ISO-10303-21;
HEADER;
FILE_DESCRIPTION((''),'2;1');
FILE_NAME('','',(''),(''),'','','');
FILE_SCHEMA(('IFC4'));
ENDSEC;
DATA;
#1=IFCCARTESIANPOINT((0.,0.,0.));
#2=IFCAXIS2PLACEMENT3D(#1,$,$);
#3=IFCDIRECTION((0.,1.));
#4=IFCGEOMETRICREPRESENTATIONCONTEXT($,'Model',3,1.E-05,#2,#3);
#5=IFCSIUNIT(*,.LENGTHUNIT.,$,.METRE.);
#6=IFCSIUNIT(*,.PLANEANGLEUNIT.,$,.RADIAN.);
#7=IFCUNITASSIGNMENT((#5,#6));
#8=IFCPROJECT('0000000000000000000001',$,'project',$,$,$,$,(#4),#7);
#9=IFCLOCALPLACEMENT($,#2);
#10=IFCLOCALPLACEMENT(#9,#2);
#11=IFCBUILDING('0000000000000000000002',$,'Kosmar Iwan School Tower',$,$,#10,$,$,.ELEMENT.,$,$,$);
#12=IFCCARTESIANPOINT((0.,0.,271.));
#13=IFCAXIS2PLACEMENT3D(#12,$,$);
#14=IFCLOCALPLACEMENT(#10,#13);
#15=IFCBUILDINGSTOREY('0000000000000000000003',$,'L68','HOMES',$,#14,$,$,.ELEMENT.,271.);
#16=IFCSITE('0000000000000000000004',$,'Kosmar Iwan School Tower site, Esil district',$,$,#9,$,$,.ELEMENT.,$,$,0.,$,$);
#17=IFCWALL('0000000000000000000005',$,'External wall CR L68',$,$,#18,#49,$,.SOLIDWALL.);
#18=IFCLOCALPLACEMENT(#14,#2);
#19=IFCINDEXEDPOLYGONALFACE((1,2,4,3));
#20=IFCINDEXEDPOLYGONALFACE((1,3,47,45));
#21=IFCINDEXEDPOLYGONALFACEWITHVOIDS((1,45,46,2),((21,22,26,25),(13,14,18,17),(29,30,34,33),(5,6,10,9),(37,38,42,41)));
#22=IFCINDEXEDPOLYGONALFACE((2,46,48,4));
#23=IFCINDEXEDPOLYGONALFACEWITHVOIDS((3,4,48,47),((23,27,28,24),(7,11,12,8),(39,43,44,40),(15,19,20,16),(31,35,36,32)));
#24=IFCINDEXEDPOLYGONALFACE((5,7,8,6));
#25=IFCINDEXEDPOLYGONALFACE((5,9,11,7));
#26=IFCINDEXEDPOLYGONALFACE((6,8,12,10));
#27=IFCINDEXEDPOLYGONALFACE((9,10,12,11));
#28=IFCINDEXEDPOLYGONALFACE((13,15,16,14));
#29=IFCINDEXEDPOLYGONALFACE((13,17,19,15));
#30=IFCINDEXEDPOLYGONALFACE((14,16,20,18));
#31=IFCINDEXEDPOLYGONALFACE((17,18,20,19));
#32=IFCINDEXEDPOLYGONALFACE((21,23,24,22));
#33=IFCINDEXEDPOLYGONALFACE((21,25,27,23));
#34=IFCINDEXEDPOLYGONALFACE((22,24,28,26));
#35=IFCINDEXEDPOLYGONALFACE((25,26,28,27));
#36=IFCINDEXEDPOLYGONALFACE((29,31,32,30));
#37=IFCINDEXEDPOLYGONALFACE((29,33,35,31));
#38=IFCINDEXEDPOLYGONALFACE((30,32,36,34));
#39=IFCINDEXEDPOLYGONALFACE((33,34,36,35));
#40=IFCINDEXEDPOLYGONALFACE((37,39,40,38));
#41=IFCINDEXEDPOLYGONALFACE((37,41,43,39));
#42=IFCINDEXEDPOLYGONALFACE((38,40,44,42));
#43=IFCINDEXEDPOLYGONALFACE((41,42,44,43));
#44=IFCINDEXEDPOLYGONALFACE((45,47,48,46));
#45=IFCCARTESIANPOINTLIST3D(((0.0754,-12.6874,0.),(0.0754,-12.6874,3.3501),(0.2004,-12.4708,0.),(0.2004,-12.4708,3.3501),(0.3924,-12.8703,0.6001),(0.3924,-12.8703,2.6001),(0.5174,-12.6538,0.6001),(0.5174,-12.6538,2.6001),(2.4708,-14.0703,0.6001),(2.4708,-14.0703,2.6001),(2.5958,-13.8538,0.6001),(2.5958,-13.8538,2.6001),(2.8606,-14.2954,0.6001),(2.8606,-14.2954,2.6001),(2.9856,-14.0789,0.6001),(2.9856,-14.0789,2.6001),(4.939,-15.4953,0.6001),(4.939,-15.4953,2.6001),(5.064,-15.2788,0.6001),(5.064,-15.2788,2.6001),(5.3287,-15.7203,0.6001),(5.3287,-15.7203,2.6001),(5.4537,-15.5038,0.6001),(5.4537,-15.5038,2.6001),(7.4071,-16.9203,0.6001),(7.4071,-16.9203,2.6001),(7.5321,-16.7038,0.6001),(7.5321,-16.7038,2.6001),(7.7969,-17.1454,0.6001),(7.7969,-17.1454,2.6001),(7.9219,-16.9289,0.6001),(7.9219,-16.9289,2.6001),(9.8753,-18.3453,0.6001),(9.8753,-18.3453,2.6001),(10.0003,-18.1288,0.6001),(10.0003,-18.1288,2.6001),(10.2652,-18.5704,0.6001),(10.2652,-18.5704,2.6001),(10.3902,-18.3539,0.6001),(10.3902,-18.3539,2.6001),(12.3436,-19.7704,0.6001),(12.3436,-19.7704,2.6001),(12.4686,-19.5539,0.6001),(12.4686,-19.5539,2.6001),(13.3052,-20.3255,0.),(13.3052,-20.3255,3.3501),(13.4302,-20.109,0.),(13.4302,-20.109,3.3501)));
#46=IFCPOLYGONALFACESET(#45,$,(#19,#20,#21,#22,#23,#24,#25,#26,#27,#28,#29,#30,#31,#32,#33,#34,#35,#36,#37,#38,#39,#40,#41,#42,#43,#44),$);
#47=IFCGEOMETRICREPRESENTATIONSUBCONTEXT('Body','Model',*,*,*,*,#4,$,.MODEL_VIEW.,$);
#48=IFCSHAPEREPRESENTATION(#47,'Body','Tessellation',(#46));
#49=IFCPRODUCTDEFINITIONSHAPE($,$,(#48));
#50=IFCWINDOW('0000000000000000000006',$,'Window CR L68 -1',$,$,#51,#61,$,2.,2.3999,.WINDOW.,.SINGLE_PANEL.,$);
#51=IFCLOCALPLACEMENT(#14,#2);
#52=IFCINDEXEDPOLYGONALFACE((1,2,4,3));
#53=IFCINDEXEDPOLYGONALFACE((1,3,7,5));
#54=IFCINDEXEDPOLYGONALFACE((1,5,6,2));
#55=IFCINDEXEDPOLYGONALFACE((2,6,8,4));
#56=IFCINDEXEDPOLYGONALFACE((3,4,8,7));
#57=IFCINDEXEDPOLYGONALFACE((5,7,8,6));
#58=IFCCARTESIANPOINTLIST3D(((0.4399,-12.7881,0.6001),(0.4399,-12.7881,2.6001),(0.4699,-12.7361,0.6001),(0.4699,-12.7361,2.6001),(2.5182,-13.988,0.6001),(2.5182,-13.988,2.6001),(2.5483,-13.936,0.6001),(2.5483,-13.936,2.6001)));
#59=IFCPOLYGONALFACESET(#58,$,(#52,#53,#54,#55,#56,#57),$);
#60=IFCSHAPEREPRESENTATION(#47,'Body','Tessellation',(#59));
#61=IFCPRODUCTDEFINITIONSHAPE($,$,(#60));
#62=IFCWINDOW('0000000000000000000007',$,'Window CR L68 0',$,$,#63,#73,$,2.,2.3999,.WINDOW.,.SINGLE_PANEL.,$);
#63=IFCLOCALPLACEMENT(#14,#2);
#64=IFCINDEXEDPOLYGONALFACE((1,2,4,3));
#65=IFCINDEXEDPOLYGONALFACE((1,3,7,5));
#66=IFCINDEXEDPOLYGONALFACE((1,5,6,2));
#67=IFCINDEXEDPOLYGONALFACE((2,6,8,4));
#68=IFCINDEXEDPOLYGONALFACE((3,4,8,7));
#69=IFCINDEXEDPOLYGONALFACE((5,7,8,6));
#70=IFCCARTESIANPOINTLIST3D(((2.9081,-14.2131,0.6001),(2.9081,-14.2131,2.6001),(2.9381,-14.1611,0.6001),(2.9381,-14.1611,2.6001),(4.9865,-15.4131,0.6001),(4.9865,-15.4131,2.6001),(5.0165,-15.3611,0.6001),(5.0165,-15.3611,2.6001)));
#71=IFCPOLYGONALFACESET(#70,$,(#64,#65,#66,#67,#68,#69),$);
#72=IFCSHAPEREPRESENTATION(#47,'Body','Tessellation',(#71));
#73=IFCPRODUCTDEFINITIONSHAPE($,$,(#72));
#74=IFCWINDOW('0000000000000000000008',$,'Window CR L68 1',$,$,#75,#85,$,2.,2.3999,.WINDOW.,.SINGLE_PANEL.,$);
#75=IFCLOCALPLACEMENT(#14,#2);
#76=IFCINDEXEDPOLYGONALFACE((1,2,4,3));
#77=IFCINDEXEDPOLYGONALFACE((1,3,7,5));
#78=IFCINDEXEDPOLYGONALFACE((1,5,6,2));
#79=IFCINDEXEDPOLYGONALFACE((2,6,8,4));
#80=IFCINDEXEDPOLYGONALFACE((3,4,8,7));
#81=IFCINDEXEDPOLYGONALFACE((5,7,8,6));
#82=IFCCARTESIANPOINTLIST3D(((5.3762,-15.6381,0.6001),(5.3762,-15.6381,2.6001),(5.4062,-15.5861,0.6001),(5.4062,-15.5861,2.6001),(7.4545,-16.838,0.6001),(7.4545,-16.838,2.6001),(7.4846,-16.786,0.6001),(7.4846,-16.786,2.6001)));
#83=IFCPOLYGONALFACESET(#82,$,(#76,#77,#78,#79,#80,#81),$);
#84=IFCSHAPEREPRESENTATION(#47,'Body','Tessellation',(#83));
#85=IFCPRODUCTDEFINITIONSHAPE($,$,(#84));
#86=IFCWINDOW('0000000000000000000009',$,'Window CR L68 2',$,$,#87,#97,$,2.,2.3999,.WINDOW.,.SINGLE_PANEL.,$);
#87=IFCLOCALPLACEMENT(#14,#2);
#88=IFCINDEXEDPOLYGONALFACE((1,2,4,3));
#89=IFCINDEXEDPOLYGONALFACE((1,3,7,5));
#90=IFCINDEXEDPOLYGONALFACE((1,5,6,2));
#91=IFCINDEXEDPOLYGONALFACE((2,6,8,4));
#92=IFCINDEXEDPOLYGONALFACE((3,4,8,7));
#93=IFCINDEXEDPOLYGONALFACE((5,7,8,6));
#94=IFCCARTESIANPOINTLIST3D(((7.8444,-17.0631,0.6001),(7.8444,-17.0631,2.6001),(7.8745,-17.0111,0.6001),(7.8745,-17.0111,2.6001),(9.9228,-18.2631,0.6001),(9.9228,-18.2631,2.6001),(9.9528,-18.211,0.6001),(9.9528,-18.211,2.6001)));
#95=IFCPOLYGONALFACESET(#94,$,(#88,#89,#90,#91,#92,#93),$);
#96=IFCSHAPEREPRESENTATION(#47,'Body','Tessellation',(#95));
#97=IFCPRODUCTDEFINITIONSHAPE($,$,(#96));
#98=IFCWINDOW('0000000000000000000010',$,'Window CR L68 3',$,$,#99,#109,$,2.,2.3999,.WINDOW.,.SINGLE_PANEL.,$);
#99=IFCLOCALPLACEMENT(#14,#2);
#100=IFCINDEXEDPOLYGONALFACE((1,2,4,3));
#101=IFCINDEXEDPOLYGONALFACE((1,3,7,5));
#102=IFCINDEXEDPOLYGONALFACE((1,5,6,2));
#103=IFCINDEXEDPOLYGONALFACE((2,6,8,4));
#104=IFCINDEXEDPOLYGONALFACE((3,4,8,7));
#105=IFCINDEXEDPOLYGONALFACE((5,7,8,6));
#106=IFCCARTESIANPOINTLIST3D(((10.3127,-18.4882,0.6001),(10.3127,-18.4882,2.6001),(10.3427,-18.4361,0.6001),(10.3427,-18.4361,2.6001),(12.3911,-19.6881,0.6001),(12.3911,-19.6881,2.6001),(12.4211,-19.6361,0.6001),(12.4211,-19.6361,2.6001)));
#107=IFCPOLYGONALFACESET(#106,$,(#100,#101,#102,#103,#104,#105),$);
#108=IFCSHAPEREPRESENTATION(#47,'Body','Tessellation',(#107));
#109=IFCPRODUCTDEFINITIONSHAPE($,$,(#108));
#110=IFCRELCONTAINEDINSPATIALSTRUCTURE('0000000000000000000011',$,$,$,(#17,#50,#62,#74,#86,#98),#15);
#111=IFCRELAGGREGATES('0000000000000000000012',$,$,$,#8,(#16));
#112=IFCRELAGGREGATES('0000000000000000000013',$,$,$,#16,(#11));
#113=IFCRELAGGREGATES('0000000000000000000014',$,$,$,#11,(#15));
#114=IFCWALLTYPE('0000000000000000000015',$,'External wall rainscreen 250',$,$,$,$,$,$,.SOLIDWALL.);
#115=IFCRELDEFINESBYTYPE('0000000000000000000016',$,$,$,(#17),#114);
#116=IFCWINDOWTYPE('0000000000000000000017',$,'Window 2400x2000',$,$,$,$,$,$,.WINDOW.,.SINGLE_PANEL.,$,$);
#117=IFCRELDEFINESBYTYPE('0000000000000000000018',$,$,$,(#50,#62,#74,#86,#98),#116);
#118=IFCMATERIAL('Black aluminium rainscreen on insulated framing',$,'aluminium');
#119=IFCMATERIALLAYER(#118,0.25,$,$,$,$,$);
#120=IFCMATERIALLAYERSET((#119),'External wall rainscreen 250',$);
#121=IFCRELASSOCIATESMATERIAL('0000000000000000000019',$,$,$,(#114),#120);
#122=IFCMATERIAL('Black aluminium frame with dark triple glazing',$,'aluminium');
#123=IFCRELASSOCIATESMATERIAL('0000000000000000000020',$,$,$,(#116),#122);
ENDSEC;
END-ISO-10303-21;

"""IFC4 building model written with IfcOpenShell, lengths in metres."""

from ifc_helpers import new_model, si_unit, direction, frame, frame_2d, origin, place, context, subcontext, project, spatial, rectangle, extrude, material, layer, layer_set, type_object, element, fill, save


model = new_model("IFC4")

# Units and contexts
model_context = context("Model", 3, precision=1e-05, world=origin(), true_north=direction((0.0, 1.0)))
body_context = subcontext(model_context, "Body", "Model", "MODEL_VIEW")
ifc_project = project(units=[si_unit("LENGTHUNIT", "METRE"), si_unit("PLANEANGLEUNIT", "RADIAN")], contexts=[model_context])

# Site, building, storey
site_placement = place(None, origin())
site = spatial("IfcSite", under=ifc_project, at=site_placement, Name="Kosmar Iwan School Tower site, Esil district", CompositionType="ELEMENT", RefElevation=0.0)
building_placement = place(site_placement, origin())
building = spatial("IfcBuilding", under=site, at=building_placement, Name="Kosmar Iwan School Tower", CompositionType="ELEMENT")
storey_placement = place(building_placement, frame((0.0, 0.0, 271.0)))
storey = spatial("IfcBuildingStorey", under=building, at=storey_placement, Name="L68", Description="HOMES", CompositionType="ELEMENT", Elevation=271.0)

# Wall, openings, windows
ifc_material_1 = material(Name="Black aluminium rainscreen on insulated framing", Category="aluminium")
ifc_layer_1 = layer(ifc_material_1, 0.25)
ifc_layer_set_1 = layer_set([ifc_layer_1], Name="External wall rainscreen 250")
wall_type_1 = type_object("IfcWallType", Name="External wall rainscreen 250", PredefinedType="SOLIDWALL", material=ifc_layer_set_1)
ifc_material_2 = material(Name="Black aluminium frame with dark triple glazing", Category="aluminium")
window_type = type_object("IfcWindowType", Name="Window 2400x2000", PartitioningType="SINGLE_PANEL", PredefinedType="WINDOW", material=ifc_material_2)
wall_1_placement = place(storey_placement, frame((0.1379, -12.5791, 0.0), z_axis=(0.0, 0.0, 1.0), x_axis=(0.866026, -0.5, 0.0)))
wall_1 = element("IfcWall", 1, at=wall_1_placement, inside=storey, type_object=wall_type_1, Name="External wall CR L68", PredefinedType="SOLIDWALL", context=body_context, shape_type="SweptSolid", body=[
    extrude(rectangle(XDim=15.2764, YDim=0.25, at=frame_2d((7.6382, 0.0))), origin(), (0.0, 0.0, 1.0), 3.3501),
])
opening_1_placement = place(wall_1_placement, frame((0.366, 0.0, 0.6001)))
opening_1 = element("IfcOpeningElement", 2, at=opening_1_placement, cuts=wall_1, PredefinedType="OPENING", context=body_context, shape_type="SweptSolid", body=[
    extrude(rectangle(XDim=2.3999, YDim=2.0, at=frame_2d((1.2, 1.0))), frame((0.0, 0.137, 0.0), z_axis=(0.0, -1.0, 0.0), x_axis=(1.0, 0.0, 0.0)), (0.0, 0.0, 1.0), 0.2739),
])
opening_2_placement = place(wall_1_placement, frame((3.2161, 0.0, 0.6001)))
opening_2 = element("IfcOpeningElement", 3, at=opening_2_placement, cuts=wall_1, PredefinedType="OPENING", context=body_context, shape_type="SweptSolid", body=[
    extrude(rectangle(XDim=2.3999, YDim=2.0, at=frame_2d((1.2, 1.0))), frame((0.0, 0.137, 0.0), z_axis=(0.0, -1.0, 0.0), x_axis=(1.0, 0.0, 0.0)), (0.0, 0.0, 1.0), 0.2739),
])
opening_3_placement = place(wall_1_placement, frame((6.0659, 0.0, 0.6001)))
opening_3 = element("IfcOpeningElement", 4, at=opening_3_placement, cuts=wall_1, PredefinedType="OPENING", context=body_context, shape_type="SweptSolid", body=[
    extrude(rectangle(XDim=2.3999, YDim=2.0, at=frame_2d((1.2, 1.0))), frame((0.0, 0.137, 0.0), z_axis=(0.0, -1.0, 0.0), x_axis=(1.0, 0.0, 0.0)), (0.0, 0.0, 1.0), 0.2739),
])
opening_4_placement = place(wall_1_placement, frame((8.916, 0.0, 0.6001)))
opening_4 = element("IfcOpeningElement", 5, at=opening_4_placement, cuts=wall_1, PredefinedType="OPENING", context=body_context, shape_type="SweptSolid", body=[
    extrude(rectangle(XDim=2.3999, YDim=2.0, at=frame_2d((1.2, 1.0))), frame((0.0, 0.137, 0.0), z_axis=(0.0, -1.0, 0.0), x_axis=(1.0, 0.0, 0.0)), (0.0, 0.0, 1.0), 0.2739),
])
opening_5_placement = place(wall_1_placement, frame((11.7661, 0.0, 0.6001)))
opening_5 = element("IfcOpeningElement", 6, at=opening_5_placement, cuts=wall_1, PredefinedType="OPENING", context=body_context, shape_type="SweptSolid", body=[
    extrude(rectangle(XDim=2.3999, YDim=2.0, at=frame_2d((1.2, 1.0))), frame((0.0, 0.137, 0.0), z_axis=(0.0, -1.0, 0.0), x_axis=(1.0, 0.0, 0.0)), (0.0, 0.0, 1.0), 0.2739),
])
window_1_placement = place(opening_1_placement, origin())
window_1 = element("IfcWindow", 7, at=window_1_placement, inside=storey, type_object=window_type, Name="Window CR L68 -1", OverallHeight=2.0, OverallWidth=2.3999, PartitioningType="SINGLE_PANEL", PredefinedType="WINDOW", context=body_context, shape_type="SweptSolid", body=[
    extrude(rectangle(XDim=2.3999, YDim=2.0, at=frame_2d((1.2, 1.0))), frame((0.0, 0.03, 0.0), z_axis=(0.0, -1.0, 0.0), x_axis=(1.0, 0.0, 0.0)), (0.0, 0.0, 1.0), 0.0601),
])
fill(opening_1, window_1)
window_2_placement = place(opening_2_placement, origin())
window_2 = element("IfcWindow", 8, at=window_2_placement, inside=storey, type_object=window_type, Name="Window CR L68 0", OverallHeight=2.0, OverallWidth=2.3999, PartitioningType="SINGLE_PANEL", PredefinedType="WINDOW", context=body_context, shape_type="SweptSolid", body=[
    extrude(rectangle(XDim=2.3999, YDim=2.0, at=frame_2d((1.2, 1.0))), frame((0.0, 0.03, 0.0), z_axis=(0.0, -1.0, 0.0), x_axis=(1.0, 0.0, 0.0)), (0.0, 0.0, 1.0), 0.0601),
])
fill(opening_2, window_2)
window_3_placement = place(opening_3_placement, origin())
window_3 = element("IfcWindow", 9, at=window_3_placement, inside=storey, type_object=window_type, Name="Window CR L68 1", OverallHeight=2.0, OverallWidth=2.3999, PartitioningType="SINGLE_PANEL", PredefinedType="WINDOW", context=body_context, shape_type="SweptSolid", body=[
    extrude(rectangle(XDim=2.3999, YDim=2.0, at=frame_2d((1.2, 1.0))), frame((0.0, 0.03, 0.0), z_axis=(0.0, -1.0, 0.0), x_axis=(1.0, 0.0, 0.0)), (0.0, 0.0, 1.0), 0.0601),
])
fill(opening_3, window_3)
window_4_placement = place(opening_4_placement, origin())
window_4 = element("IfcWindow", 10, at=window_4_placement, inside=storey, type_object=window_type, Name="Window CR L68 2", OverallHeight=2.0, OverallWidth=2.3999, PartitioningType="SINGLE_PANEL", PredefinedType="WINDOW", context=body_context, shape_type="SweptSolid", body=[
    extrude(rectangle(XDim=2.3999, YDim=2.0, at=frame_2d((1.2, 1.0))), frame((0.0, 0.03, 0.0), z_axis=(0.0, -1.0, 0.0), x_axis=(1.0, 0.0, 0.0)), (0.0, 0.0, 1.0), 0.0601),
])
fill(opening_4, window_4)
window_5_placement = place(opening_5_placement, origin())
window_5 = element("IfcWindow", 11, at=window_5_placement, inside=storey, type_object=window_type, Name="Window CR L68 3", OverallHeight=2.0, OverallWidth=2.3999, PartitioningType="SINGLE_PANEL", PredefinedType="WINDOW", context=body_context, shape_type="SweptSolid", body=[
    extrude(rectangle(XDim=2.3999, YDim=2.0, at=frame_2d((1.2, 1.0))), frame((0.0, 0.03, 0.0), z_axis=(0.0, -1.0, 0.0), x_axis=(1.0, 0.0, 0.0)), (0.0, 0.0, 1.0), 0.0601),
])
fill(opening_5, window_5)

save(model, "model.ifc")
